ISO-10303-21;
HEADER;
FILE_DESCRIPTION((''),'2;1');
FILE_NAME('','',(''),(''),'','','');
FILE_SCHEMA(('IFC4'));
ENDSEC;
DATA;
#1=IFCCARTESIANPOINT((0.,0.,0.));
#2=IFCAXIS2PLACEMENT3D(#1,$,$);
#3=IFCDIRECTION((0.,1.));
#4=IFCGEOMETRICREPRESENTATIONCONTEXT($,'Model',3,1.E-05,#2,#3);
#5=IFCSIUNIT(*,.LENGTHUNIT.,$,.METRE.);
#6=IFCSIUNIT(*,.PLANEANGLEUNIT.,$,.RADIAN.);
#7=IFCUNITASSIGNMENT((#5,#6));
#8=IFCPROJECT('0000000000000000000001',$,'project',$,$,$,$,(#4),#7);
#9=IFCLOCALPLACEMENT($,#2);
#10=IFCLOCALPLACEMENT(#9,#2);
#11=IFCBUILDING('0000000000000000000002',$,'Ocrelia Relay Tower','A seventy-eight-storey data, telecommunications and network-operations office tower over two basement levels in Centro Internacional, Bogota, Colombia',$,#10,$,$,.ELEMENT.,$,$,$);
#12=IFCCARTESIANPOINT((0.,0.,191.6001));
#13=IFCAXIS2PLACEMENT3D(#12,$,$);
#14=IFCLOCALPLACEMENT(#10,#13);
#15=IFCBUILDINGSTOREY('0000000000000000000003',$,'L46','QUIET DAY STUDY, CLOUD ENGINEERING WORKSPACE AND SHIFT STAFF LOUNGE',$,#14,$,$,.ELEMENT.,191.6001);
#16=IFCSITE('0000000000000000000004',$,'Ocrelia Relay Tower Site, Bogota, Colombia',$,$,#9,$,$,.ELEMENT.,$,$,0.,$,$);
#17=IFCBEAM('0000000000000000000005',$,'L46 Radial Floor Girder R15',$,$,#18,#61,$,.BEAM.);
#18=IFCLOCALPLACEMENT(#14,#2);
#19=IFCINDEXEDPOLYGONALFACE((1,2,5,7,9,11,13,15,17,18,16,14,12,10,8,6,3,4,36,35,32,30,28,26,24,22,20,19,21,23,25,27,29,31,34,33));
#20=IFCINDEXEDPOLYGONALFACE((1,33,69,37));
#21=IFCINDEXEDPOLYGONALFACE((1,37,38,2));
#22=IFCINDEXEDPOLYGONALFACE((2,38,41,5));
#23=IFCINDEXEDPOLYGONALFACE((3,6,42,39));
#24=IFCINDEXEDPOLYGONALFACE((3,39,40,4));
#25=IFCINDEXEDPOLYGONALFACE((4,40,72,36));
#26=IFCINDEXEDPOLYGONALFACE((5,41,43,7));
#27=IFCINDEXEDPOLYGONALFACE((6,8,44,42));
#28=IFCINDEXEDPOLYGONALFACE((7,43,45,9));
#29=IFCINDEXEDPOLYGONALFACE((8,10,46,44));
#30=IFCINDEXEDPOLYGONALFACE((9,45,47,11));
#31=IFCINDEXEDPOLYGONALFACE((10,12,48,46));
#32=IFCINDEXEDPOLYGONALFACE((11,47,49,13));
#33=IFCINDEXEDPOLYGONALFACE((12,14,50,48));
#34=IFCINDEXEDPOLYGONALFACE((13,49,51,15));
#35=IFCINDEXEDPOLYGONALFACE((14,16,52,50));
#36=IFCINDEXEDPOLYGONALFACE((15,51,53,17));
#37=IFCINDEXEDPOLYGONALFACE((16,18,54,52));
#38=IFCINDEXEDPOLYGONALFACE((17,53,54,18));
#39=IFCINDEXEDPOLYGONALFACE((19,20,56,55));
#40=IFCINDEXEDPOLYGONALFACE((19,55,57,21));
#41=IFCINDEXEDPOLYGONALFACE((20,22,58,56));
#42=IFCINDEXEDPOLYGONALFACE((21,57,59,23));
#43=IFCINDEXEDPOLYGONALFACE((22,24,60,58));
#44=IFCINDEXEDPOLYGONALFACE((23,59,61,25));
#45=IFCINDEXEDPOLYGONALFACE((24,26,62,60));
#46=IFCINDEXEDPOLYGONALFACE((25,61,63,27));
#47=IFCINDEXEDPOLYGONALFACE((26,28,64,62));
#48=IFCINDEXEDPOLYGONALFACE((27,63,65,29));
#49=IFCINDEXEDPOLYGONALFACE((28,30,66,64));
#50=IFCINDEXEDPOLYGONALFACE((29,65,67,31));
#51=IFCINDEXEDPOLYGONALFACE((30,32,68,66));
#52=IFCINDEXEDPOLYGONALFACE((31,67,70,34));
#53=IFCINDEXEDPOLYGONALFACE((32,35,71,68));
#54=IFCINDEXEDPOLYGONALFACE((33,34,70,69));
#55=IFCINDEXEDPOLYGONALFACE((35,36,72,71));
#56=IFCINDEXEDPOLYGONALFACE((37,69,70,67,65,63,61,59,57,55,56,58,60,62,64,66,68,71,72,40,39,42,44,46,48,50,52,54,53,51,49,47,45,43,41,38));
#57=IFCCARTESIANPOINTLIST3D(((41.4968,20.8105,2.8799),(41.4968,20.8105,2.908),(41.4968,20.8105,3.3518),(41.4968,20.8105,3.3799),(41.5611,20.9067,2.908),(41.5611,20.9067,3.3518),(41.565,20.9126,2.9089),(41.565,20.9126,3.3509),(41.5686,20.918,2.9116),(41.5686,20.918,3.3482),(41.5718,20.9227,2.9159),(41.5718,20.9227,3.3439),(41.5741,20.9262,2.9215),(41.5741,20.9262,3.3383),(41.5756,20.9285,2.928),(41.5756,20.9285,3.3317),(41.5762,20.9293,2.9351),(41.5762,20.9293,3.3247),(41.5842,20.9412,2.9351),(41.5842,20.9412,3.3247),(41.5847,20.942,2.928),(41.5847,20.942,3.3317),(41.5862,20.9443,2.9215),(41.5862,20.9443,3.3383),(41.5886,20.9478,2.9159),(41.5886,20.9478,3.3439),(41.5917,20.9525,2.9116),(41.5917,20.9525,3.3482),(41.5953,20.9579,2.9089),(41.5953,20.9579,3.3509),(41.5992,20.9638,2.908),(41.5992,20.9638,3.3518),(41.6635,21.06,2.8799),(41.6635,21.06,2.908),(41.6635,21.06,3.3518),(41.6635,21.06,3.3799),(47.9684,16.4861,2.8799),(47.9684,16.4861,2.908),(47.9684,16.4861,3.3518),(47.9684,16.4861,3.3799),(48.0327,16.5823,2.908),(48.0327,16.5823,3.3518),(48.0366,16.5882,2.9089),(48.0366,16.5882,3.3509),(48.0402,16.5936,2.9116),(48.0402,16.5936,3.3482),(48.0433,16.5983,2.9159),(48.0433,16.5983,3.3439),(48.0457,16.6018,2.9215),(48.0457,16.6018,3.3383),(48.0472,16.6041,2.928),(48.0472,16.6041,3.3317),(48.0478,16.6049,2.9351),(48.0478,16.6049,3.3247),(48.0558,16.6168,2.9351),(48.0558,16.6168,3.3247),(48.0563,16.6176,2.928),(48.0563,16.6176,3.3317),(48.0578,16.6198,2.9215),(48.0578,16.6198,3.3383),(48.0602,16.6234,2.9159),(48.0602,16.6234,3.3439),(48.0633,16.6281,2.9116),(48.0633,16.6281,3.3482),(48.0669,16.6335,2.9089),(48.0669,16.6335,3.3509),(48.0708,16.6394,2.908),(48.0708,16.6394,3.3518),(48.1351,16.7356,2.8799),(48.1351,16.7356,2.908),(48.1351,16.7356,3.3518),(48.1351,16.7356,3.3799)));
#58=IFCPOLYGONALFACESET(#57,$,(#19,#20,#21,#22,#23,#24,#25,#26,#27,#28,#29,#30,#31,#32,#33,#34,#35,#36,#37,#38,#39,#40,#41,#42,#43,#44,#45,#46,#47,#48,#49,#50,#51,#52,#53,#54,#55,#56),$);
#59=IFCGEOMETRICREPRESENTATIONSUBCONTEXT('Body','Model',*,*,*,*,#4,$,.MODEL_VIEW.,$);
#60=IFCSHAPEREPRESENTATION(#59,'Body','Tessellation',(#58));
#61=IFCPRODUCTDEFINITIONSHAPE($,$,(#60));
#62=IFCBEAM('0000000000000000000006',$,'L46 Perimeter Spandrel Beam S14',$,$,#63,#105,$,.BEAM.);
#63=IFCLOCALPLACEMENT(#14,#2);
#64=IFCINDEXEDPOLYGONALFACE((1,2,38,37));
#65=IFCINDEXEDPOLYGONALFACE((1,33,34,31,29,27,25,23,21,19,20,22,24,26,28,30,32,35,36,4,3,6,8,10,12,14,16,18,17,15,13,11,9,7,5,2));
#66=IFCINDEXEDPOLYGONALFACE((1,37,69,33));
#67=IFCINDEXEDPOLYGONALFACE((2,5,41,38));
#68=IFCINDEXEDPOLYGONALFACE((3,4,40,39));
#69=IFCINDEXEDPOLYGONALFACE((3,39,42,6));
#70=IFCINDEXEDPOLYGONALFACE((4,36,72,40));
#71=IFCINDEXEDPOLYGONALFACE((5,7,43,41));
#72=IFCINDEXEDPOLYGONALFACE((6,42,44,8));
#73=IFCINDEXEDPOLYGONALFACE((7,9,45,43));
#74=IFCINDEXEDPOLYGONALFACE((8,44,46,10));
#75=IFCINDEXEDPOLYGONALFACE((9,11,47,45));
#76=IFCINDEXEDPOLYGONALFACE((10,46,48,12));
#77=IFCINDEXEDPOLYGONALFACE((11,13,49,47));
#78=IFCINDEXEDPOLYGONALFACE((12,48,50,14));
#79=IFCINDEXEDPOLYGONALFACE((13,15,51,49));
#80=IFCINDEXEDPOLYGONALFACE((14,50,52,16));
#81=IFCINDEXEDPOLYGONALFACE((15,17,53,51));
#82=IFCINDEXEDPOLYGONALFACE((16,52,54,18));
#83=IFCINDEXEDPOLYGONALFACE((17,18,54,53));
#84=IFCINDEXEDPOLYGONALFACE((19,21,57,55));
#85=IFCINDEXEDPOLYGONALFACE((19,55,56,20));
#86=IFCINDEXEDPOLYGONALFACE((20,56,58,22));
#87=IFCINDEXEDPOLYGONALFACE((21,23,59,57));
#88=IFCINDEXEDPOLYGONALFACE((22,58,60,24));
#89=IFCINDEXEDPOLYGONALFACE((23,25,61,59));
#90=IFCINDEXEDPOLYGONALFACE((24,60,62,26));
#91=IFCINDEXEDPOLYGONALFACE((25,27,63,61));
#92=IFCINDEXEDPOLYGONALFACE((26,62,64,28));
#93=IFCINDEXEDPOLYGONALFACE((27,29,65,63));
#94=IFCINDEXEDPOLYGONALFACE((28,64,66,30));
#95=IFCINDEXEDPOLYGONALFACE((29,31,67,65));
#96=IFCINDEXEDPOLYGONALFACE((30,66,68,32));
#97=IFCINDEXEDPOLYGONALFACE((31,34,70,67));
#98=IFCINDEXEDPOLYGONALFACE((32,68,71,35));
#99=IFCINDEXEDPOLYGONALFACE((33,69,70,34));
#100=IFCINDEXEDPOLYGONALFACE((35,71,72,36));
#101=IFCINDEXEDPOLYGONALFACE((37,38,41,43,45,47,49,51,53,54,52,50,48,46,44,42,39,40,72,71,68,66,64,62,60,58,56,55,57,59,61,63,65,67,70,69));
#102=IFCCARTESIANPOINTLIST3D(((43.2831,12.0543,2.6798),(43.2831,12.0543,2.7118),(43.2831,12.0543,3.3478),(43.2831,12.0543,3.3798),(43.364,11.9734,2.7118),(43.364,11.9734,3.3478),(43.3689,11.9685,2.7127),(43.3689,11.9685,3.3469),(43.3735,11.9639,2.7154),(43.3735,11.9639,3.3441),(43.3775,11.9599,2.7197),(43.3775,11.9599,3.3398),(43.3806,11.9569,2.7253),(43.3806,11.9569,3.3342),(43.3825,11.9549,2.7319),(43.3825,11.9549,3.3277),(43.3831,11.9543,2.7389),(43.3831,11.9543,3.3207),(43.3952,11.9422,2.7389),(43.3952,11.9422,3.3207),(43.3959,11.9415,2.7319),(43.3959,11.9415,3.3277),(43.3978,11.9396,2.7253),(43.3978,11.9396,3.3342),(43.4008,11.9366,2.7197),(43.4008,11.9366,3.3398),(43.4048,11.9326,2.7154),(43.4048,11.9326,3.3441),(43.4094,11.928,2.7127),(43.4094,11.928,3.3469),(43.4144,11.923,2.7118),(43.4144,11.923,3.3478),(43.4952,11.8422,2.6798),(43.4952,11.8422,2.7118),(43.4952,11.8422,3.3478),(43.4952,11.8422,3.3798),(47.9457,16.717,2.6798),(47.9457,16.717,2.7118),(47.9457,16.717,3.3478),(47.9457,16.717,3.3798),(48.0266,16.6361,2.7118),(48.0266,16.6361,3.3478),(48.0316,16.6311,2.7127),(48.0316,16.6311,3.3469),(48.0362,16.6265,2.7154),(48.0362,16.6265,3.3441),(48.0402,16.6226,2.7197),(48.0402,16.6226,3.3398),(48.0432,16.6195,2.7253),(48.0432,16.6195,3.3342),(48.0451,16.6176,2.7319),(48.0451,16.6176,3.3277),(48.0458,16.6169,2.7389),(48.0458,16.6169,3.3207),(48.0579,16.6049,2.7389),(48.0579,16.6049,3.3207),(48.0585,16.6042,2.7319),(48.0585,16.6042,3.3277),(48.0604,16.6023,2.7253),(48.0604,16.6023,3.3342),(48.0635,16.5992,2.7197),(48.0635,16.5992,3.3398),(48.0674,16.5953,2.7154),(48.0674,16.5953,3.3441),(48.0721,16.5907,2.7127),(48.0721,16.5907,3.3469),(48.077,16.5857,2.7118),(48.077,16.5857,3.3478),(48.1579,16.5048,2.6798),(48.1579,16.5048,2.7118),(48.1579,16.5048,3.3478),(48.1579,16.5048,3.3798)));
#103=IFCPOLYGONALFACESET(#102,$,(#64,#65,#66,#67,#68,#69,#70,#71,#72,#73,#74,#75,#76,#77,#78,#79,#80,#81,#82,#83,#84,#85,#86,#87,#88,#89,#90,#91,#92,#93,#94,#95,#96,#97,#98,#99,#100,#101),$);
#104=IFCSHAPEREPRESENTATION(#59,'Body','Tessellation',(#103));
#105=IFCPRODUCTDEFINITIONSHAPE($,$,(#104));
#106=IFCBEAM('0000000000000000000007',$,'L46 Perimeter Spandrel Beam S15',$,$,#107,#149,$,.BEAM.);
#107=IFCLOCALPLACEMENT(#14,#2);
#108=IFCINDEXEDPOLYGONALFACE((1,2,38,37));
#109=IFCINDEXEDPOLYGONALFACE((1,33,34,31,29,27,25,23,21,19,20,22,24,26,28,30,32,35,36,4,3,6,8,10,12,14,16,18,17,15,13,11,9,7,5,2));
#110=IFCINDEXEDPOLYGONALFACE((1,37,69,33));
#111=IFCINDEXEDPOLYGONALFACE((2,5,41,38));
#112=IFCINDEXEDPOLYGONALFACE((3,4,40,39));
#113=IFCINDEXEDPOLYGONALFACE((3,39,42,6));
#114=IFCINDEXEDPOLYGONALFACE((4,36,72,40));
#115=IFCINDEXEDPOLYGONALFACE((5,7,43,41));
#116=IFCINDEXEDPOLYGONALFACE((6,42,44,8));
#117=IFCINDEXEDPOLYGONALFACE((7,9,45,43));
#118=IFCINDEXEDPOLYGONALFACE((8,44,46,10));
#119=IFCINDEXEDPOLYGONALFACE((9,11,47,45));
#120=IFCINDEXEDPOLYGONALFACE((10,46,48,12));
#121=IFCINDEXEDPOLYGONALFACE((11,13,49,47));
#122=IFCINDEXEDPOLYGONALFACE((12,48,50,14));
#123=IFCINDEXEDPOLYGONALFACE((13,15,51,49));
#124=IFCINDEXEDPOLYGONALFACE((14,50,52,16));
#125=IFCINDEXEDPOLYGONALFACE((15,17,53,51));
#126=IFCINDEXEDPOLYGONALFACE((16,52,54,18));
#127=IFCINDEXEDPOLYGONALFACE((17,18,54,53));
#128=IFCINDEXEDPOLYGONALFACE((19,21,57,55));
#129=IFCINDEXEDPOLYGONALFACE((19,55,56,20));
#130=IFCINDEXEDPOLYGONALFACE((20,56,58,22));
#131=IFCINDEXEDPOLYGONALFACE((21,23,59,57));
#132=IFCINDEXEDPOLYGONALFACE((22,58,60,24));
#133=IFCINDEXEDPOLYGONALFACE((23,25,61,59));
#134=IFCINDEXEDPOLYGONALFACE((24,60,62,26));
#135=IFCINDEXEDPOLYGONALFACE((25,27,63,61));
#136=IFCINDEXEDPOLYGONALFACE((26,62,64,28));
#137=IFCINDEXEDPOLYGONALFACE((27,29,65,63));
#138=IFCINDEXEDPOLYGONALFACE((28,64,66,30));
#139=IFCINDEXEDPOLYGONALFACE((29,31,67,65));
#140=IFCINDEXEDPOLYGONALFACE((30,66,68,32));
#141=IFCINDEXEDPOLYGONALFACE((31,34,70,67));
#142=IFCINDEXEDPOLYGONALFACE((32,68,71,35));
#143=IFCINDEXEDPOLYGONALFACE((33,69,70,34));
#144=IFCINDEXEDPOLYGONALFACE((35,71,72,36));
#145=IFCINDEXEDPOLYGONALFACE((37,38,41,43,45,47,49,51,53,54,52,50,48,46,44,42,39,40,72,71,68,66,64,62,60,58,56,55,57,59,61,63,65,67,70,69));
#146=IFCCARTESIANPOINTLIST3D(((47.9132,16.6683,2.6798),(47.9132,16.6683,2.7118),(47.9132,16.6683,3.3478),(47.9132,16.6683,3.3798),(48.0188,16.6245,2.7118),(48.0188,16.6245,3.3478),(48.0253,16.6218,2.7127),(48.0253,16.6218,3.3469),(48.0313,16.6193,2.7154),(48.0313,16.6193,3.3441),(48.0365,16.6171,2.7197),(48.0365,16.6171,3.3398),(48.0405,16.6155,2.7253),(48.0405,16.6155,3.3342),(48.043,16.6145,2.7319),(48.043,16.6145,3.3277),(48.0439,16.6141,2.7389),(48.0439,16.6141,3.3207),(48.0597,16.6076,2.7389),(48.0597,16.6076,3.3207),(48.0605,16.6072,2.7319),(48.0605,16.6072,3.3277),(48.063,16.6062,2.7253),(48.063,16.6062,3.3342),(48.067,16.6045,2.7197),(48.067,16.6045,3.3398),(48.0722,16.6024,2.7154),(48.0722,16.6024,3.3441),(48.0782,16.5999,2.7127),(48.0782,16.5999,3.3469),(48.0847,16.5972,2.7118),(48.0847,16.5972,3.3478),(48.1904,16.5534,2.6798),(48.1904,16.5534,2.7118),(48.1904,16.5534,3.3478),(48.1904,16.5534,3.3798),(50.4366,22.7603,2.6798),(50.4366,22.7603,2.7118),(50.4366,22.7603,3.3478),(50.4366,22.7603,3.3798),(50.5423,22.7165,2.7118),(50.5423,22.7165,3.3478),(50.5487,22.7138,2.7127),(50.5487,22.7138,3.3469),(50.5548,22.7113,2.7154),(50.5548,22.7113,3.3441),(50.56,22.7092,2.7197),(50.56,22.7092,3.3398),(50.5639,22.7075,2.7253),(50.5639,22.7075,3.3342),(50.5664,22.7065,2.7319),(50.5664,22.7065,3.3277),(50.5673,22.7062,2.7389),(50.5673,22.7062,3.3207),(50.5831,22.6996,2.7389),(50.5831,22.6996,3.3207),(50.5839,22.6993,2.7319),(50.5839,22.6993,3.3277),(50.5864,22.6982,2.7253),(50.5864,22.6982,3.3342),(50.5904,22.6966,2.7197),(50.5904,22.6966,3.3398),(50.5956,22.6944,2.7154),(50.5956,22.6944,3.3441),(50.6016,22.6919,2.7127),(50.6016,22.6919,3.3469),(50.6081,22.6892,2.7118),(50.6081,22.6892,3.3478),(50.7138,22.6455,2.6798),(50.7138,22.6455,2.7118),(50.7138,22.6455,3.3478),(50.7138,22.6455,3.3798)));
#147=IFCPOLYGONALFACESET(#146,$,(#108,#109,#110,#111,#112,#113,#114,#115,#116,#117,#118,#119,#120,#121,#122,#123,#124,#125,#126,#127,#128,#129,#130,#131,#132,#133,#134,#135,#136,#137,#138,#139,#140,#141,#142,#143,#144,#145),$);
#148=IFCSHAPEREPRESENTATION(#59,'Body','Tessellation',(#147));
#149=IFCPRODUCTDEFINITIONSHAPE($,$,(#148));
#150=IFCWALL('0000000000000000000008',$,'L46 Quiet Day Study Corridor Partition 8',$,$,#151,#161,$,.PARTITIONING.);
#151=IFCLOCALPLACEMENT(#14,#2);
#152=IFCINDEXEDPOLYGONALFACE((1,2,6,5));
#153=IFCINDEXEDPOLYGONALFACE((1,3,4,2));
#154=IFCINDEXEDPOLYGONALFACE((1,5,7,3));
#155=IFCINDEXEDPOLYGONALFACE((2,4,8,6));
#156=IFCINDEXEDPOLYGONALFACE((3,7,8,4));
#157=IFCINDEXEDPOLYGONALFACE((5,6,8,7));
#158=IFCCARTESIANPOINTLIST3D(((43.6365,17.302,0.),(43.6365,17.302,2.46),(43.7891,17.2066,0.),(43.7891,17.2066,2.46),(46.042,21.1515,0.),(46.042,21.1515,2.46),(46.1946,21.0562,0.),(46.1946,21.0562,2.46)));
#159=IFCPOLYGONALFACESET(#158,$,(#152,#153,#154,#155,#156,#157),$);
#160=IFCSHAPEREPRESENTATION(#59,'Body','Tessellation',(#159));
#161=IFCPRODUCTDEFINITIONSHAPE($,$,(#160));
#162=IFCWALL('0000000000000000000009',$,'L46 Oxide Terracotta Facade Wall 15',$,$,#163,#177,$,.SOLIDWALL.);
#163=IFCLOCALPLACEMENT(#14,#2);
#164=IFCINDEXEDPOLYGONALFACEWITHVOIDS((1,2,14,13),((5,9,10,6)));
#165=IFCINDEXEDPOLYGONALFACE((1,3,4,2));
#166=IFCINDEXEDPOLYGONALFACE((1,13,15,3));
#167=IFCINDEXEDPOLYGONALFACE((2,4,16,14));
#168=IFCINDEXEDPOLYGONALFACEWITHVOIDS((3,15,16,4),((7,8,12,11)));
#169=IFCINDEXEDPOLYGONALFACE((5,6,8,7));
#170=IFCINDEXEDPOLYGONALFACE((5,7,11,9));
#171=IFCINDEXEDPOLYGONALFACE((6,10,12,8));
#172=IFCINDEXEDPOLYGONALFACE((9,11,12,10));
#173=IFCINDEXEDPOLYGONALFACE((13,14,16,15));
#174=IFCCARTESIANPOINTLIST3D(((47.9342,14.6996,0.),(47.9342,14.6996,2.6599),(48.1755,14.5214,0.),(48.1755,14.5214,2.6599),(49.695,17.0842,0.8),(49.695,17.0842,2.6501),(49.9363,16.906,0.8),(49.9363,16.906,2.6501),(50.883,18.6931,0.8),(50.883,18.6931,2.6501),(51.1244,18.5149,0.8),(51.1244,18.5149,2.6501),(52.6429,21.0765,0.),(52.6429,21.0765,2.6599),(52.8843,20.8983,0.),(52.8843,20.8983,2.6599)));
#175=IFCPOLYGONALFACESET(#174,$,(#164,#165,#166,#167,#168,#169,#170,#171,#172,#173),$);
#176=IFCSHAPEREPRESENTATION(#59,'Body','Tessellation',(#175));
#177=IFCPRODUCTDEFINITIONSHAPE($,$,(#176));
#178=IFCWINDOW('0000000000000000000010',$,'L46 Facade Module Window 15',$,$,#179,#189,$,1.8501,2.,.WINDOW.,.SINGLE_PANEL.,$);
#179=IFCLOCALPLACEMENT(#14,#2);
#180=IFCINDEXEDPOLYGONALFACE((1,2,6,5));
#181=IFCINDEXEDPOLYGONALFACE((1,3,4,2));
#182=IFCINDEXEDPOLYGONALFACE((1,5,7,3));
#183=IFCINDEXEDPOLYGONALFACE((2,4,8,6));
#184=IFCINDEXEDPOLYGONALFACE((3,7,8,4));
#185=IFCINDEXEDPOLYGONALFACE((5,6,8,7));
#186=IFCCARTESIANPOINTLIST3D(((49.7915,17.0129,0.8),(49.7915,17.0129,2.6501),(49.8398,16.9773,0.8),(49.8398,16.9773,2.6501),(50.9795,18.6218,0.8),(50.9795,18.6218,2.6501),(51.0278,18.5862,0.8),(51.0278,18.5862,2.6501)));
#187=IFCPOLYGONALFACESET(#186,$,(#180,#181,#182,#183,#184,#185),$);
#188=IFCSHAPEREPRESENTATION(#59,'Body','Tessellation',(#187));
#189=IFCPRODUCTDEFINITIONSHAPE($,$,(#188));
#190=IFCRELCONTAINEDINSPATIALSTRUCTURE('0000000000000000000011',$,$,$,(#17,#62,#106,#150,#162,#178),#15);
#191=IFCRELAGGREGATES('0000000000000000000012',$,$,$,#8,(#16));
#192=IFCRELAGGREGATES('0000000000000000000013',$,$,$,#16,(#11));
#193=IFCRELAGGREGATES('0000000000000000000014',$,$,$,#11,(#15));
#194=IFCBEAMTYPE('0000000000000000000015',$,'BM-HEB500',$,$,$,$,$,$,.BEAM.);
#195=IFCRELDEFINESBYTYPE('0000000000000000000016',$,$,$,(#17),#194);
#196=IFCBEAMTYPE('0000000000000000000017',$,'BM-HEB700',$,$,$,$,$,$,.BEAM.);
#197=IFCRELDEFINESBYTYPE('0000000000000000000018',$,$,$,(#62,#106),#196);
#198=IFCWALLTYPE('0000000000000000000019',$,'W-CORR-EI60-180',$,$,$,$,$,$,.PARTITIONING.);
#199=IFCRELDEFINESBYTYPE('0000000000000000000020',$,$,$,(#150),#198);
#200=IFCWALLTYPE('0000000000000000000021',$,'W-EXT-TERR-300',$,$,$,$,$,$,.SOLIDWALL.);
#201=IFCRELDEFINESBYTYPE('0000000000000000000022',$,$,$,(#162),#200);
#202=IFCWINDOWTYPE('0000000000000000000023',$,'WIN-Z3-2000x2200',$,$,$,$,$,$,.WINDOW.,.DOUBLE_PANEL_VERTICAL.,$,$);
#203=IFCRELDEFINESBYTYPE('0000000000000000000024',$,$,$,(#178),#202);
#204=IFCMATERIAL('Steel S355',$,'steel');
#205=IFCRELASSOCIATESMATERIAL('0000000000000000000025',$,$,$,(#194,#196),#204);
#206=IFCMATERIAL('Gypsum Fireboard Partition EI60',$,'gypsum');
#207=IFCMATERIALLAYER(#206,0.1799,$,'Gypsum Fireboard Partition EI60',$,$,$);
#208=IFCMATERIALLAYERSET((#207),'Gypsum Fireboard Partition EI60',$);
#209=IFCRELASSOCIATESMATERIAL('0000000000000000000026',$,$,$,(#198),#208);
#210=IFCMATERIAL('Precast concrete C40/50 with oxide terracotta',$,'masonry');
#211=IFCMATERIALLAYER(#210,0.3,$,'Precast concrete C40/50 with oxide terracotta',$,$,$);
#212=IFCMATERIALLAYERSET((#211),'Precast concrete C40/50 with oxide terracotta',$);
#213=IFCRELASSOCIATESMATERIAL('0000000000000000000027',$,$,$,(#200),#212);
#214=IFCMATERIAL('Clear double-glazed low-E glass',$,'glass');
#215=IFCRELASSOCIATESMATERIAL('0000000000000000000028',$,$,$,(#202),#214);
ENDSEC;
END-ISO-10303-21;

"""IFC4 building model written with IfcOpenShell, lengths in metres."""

from ifc_helpers import new_model, si_unit, direction, frame, frame_2d, origin, origin_2d, place, context, subcontext, project, spatial, rectangle, i_section, extrude, material, layer, layer_set, material_profile, profile_set, type_object, element, fill, save


model = new_model("IFC4")

# Units and contexts
model_context = context("Model", 3, precision=1e-05, world=origin(), true_north=direction((0.0, 1.0)))
body_context = subcontext(model_context, "Body", "Model", "MODEL_VIEW")
ifc_project = project(units=[si_unit("LENGTHUNIT", "METRE"), si_unit("PLANEANGLEUNIT", "RADIAN")], contexts=[model_context])

# Site, building, storey
site_placement = place(None, origin())
site = spatial("IfcSite", under=ifc_project, at=site_placement, Name="Ocrelia Relay Tower Site, Bogota, Colombia", CompositionType="ELEMENT", RefElevation=0.0)
building_placement = place(site_placement, origin())
building = spatial("IfcBuilding", under=site, at=building_placement, Name="Ocrelia Relay Tower", Description="A seventy-eight-storey data, telecommunications and network-operations office tower over two basement levels in Centro Internacional, Bogota, Colombia", CompositionType="ELEMENT")
storey_placement = place(building_placement, frame((0.0, 0.0, 191.6001)))
storey = spatial("IfcBuildingStorey", under=building, at=storey_placement, Name="L46", Description="QUIET DAY STUDY, CLOUD ENGINEERING WORKSPACE AND SHIFT STAFF LOUNGE", CompositionType="ELEMENT", Elevation=191.6001)

# Beams
ifc_material_1 = material(Name="Steel S355", Category="steel")
ifc_material_profile_1 = material_profile(ifc_material_1, i_section(OverallWidth=0.3, OverallDepth=0.5, WebThickness=0.0144, FlangeThickness=0.0281, FilletRadius=0.0271, at=origin_2d()), Name="HEB 500")
ifc_profile_set_1 = profile_set([ifc_material_profile_1], Name="Steel S355")
beam_type_1 = type_object("IfcBeamType", Name="BM-HEB500", PredefinedType="BEAM", material=ifc_profile_set_1)
beam_1_placement = place(storey_placement, frame((48.0518, 16.6108, 3.1299), z_axis=(-0.831456, 0.55559, 0.0), x_axis=(-0.55559, -0.831456, 0.0)))
element("IfcBeam", 1, at=beam_1_placement, inside=storey, type_object=beam_type_1, Name="L46 Radial Floor Girder R15", PredefinedType="BEAM", context=body_context, shape_type="SweptSolid", body=[
    extrude(i_section(OverallWidth=0.3, OverallDepth=0.5, WebThickness=0.0144, FlangeThickness=0.0281, FilletRadius=0.0271, at=origin_2d()), origin(), (0.0, 0.0, 1.0), 7.7834),
])
ifc_material_profile_2 = material_profile(ifc_material_1, i_section(OverallWidth=0.3, OverallDepth=0.7, WebThickness=0.0171, FlangeThickness=0.032, FilletRadius=0.0271, at=origin_2d()), Name="HEB 700")
ifc_profile_set_2 = profile_set([ifc_material_profile_2], Name="Steel S355")
beam_type_2 = type_object("IfcBeamType", Name="BM-HEB700", PredefinedType="BEAM", material=ifc_profile_set_2)
for number, where, z_axis, x_axis, name in (
    (2, (43.3892, 11.9482, 3.0298), (0.707107, 0.707107, 0.0), (-0.707107, 0.707107, 0.0), "L46 Perimeter Spandrel Beam S14"),
    (3, (48.0518, 16.6108, 3.0298), (0.382688, 0.923878, 0.0), (-0.923878, 0.382688, 0.0), "L46 Perimeter Spandrel Beam S15"),
):
    element("IfcBeam", number, at=place(storey_placement, frame(where, z_axis=z_axis, x_axis=x_axis)), inside=storey, type_object=beam_type_2, Name=name, PredefinedType="BEAM", context=body_context, shape_type="SweptSolid", body=[
        extrude(i_section(OverallWidth=0.3, OverallDepth=0.7, WebThickness=0.0171, FlangeThickness=0.032, FilletRadius=0.0271, at=origin_2d()), origin(), (0.0, 0.0, 1.0), 6.594),
    ])

# Wall
ifc_material_2 = material(Name="Gypsum Fireboard Partition EI60", Category="gypsum")
ifc_layer_1 = layer(ifc_material_2, 0.1799, Name="Gypsum Fireboard Partition EI60")
ifc_layer_set_1 = layer_set([ifc_layer_1], Name="Gypsum Fireboard Partition EI60")
wall_type_1 = type_object("IfcWallType", Name="W-CORR-EI60-180", PredefinedType="PARTITIONING", material=ifc_layer_set_1)
wall_1_placement = place(storey_placement, frame((43.7129, 17.2544, 0.0), z_axis=(0.0, 0.0, 1.0), x_axis=(0.529922, 0.848047, 0.0)))
element("IfcWall", 4, at=wall_1_placement, inside=storey, type_object=wall_type_1, Name="L46 Quiet Day Study Corridor Partition 8", PredefinedType="PARTITIONING", context=body_context, shape_type="SweptSolid", body=[
    extrude(rectangle(XDim=4.5393, YDim=0.1799, at=frame_2d((2.2695, 0.0))), origin(), (0.0, 0.0, 1.0), 2.46),
])

# Wall, opening, window
ifc_material_3 = material(Name="Precast concrete C40/50 with oxide terracotta", Category="masonry")
ifc_layer_2 = layer(ifc_material_3, 0.3, Name="Precast concrete C40/50 with oxide terracotta")
ifc_layer_set_2 = layer_set([ifc_layer_2], Name="Precast concrete C40/50 with oxide terracotta")
wall_type_2 = type_object("IfcWallType", Name="W-EXT-TERR-300", PredefinedType="SOLIDWALL", material=ifc_layer_set_2)
wall_2_placement = place(storey_placement, frame((48.0549, 14.6106, 0.0), z_axis=(0.0, 0.0, 1.0), x_axis=(0.594011, 0.804457, 0.0)))
wall_2 = element("IfcWall", 5, at=wall_2_placement, inside=storey, type_object=wall_type_2, Name="L46 Oxide Terracotta Facade Wall 15", PredefinedType="SOLIDWALL", context=body_context, shape_type="SweptSolid", body=[
    extrude(rectangle(XDim=7.927, YDim=0.3, at=frame_2d((3.9634, 0.0))), origin(), (0.0, 0.0, 1.0), 2.6599),
])
opening_placement = place(wall_2_placement, frame((2.9641, 0.0, 0.8)))
opening = element("IfcOpeningElement", 6, at=opening_placement, cuts=wall_2, PredefinedType="OPENING", context=body_context, shape_type="SweptSolid", body=[
    extrude(rectangle(XDim=2.0, YDim=1.8501, at=frame_2d((1.0, 0.925))), frame((0.0, 0.1602, 0.0), z_axis=(0.0, -1.0, 0.0), x_axis=(1.0, 0.0, 0.0)), (0.0, 0.0, 1.0), 0.3201),
])
ifc_material_4 = material(Name="Clear double-glazed low-E glass", Category="glass")
window_type = type_object("IfcWindowType", Name="WIN-Z3-2000x2200", PartitioningType="DOUBLE_PANEL_VERTICAL", PredefinedType="WINDOW", material=ifc_material_4)
window_placement = place(opening_placement, origin())
window = element("IfcWindow", 7, at=window_placement, inside=storey, type_object=window_type, Name="L46 Facade Module Window 15", OverallHeight=1.8501, OverallWidth=2.0, PartitioningType="SINGLE_PANEL", PredefinedType="WINDOW", context=body_context, shape_type="SweptSolid", body=[
    extrude(rectangle(XDim=2.0, YDim=1.8501, at=frame_2d((1.0, 0.925))), frame((0.0, 0.03, 0.0), z_axis=(0.0, -1.0, 0.0), x_axis=(1.0, 0.0, 0.0)), (0.0, 0.0, 1.0), 0.0601),
])
fill(opening, window)

save(model, "model.ifc")
